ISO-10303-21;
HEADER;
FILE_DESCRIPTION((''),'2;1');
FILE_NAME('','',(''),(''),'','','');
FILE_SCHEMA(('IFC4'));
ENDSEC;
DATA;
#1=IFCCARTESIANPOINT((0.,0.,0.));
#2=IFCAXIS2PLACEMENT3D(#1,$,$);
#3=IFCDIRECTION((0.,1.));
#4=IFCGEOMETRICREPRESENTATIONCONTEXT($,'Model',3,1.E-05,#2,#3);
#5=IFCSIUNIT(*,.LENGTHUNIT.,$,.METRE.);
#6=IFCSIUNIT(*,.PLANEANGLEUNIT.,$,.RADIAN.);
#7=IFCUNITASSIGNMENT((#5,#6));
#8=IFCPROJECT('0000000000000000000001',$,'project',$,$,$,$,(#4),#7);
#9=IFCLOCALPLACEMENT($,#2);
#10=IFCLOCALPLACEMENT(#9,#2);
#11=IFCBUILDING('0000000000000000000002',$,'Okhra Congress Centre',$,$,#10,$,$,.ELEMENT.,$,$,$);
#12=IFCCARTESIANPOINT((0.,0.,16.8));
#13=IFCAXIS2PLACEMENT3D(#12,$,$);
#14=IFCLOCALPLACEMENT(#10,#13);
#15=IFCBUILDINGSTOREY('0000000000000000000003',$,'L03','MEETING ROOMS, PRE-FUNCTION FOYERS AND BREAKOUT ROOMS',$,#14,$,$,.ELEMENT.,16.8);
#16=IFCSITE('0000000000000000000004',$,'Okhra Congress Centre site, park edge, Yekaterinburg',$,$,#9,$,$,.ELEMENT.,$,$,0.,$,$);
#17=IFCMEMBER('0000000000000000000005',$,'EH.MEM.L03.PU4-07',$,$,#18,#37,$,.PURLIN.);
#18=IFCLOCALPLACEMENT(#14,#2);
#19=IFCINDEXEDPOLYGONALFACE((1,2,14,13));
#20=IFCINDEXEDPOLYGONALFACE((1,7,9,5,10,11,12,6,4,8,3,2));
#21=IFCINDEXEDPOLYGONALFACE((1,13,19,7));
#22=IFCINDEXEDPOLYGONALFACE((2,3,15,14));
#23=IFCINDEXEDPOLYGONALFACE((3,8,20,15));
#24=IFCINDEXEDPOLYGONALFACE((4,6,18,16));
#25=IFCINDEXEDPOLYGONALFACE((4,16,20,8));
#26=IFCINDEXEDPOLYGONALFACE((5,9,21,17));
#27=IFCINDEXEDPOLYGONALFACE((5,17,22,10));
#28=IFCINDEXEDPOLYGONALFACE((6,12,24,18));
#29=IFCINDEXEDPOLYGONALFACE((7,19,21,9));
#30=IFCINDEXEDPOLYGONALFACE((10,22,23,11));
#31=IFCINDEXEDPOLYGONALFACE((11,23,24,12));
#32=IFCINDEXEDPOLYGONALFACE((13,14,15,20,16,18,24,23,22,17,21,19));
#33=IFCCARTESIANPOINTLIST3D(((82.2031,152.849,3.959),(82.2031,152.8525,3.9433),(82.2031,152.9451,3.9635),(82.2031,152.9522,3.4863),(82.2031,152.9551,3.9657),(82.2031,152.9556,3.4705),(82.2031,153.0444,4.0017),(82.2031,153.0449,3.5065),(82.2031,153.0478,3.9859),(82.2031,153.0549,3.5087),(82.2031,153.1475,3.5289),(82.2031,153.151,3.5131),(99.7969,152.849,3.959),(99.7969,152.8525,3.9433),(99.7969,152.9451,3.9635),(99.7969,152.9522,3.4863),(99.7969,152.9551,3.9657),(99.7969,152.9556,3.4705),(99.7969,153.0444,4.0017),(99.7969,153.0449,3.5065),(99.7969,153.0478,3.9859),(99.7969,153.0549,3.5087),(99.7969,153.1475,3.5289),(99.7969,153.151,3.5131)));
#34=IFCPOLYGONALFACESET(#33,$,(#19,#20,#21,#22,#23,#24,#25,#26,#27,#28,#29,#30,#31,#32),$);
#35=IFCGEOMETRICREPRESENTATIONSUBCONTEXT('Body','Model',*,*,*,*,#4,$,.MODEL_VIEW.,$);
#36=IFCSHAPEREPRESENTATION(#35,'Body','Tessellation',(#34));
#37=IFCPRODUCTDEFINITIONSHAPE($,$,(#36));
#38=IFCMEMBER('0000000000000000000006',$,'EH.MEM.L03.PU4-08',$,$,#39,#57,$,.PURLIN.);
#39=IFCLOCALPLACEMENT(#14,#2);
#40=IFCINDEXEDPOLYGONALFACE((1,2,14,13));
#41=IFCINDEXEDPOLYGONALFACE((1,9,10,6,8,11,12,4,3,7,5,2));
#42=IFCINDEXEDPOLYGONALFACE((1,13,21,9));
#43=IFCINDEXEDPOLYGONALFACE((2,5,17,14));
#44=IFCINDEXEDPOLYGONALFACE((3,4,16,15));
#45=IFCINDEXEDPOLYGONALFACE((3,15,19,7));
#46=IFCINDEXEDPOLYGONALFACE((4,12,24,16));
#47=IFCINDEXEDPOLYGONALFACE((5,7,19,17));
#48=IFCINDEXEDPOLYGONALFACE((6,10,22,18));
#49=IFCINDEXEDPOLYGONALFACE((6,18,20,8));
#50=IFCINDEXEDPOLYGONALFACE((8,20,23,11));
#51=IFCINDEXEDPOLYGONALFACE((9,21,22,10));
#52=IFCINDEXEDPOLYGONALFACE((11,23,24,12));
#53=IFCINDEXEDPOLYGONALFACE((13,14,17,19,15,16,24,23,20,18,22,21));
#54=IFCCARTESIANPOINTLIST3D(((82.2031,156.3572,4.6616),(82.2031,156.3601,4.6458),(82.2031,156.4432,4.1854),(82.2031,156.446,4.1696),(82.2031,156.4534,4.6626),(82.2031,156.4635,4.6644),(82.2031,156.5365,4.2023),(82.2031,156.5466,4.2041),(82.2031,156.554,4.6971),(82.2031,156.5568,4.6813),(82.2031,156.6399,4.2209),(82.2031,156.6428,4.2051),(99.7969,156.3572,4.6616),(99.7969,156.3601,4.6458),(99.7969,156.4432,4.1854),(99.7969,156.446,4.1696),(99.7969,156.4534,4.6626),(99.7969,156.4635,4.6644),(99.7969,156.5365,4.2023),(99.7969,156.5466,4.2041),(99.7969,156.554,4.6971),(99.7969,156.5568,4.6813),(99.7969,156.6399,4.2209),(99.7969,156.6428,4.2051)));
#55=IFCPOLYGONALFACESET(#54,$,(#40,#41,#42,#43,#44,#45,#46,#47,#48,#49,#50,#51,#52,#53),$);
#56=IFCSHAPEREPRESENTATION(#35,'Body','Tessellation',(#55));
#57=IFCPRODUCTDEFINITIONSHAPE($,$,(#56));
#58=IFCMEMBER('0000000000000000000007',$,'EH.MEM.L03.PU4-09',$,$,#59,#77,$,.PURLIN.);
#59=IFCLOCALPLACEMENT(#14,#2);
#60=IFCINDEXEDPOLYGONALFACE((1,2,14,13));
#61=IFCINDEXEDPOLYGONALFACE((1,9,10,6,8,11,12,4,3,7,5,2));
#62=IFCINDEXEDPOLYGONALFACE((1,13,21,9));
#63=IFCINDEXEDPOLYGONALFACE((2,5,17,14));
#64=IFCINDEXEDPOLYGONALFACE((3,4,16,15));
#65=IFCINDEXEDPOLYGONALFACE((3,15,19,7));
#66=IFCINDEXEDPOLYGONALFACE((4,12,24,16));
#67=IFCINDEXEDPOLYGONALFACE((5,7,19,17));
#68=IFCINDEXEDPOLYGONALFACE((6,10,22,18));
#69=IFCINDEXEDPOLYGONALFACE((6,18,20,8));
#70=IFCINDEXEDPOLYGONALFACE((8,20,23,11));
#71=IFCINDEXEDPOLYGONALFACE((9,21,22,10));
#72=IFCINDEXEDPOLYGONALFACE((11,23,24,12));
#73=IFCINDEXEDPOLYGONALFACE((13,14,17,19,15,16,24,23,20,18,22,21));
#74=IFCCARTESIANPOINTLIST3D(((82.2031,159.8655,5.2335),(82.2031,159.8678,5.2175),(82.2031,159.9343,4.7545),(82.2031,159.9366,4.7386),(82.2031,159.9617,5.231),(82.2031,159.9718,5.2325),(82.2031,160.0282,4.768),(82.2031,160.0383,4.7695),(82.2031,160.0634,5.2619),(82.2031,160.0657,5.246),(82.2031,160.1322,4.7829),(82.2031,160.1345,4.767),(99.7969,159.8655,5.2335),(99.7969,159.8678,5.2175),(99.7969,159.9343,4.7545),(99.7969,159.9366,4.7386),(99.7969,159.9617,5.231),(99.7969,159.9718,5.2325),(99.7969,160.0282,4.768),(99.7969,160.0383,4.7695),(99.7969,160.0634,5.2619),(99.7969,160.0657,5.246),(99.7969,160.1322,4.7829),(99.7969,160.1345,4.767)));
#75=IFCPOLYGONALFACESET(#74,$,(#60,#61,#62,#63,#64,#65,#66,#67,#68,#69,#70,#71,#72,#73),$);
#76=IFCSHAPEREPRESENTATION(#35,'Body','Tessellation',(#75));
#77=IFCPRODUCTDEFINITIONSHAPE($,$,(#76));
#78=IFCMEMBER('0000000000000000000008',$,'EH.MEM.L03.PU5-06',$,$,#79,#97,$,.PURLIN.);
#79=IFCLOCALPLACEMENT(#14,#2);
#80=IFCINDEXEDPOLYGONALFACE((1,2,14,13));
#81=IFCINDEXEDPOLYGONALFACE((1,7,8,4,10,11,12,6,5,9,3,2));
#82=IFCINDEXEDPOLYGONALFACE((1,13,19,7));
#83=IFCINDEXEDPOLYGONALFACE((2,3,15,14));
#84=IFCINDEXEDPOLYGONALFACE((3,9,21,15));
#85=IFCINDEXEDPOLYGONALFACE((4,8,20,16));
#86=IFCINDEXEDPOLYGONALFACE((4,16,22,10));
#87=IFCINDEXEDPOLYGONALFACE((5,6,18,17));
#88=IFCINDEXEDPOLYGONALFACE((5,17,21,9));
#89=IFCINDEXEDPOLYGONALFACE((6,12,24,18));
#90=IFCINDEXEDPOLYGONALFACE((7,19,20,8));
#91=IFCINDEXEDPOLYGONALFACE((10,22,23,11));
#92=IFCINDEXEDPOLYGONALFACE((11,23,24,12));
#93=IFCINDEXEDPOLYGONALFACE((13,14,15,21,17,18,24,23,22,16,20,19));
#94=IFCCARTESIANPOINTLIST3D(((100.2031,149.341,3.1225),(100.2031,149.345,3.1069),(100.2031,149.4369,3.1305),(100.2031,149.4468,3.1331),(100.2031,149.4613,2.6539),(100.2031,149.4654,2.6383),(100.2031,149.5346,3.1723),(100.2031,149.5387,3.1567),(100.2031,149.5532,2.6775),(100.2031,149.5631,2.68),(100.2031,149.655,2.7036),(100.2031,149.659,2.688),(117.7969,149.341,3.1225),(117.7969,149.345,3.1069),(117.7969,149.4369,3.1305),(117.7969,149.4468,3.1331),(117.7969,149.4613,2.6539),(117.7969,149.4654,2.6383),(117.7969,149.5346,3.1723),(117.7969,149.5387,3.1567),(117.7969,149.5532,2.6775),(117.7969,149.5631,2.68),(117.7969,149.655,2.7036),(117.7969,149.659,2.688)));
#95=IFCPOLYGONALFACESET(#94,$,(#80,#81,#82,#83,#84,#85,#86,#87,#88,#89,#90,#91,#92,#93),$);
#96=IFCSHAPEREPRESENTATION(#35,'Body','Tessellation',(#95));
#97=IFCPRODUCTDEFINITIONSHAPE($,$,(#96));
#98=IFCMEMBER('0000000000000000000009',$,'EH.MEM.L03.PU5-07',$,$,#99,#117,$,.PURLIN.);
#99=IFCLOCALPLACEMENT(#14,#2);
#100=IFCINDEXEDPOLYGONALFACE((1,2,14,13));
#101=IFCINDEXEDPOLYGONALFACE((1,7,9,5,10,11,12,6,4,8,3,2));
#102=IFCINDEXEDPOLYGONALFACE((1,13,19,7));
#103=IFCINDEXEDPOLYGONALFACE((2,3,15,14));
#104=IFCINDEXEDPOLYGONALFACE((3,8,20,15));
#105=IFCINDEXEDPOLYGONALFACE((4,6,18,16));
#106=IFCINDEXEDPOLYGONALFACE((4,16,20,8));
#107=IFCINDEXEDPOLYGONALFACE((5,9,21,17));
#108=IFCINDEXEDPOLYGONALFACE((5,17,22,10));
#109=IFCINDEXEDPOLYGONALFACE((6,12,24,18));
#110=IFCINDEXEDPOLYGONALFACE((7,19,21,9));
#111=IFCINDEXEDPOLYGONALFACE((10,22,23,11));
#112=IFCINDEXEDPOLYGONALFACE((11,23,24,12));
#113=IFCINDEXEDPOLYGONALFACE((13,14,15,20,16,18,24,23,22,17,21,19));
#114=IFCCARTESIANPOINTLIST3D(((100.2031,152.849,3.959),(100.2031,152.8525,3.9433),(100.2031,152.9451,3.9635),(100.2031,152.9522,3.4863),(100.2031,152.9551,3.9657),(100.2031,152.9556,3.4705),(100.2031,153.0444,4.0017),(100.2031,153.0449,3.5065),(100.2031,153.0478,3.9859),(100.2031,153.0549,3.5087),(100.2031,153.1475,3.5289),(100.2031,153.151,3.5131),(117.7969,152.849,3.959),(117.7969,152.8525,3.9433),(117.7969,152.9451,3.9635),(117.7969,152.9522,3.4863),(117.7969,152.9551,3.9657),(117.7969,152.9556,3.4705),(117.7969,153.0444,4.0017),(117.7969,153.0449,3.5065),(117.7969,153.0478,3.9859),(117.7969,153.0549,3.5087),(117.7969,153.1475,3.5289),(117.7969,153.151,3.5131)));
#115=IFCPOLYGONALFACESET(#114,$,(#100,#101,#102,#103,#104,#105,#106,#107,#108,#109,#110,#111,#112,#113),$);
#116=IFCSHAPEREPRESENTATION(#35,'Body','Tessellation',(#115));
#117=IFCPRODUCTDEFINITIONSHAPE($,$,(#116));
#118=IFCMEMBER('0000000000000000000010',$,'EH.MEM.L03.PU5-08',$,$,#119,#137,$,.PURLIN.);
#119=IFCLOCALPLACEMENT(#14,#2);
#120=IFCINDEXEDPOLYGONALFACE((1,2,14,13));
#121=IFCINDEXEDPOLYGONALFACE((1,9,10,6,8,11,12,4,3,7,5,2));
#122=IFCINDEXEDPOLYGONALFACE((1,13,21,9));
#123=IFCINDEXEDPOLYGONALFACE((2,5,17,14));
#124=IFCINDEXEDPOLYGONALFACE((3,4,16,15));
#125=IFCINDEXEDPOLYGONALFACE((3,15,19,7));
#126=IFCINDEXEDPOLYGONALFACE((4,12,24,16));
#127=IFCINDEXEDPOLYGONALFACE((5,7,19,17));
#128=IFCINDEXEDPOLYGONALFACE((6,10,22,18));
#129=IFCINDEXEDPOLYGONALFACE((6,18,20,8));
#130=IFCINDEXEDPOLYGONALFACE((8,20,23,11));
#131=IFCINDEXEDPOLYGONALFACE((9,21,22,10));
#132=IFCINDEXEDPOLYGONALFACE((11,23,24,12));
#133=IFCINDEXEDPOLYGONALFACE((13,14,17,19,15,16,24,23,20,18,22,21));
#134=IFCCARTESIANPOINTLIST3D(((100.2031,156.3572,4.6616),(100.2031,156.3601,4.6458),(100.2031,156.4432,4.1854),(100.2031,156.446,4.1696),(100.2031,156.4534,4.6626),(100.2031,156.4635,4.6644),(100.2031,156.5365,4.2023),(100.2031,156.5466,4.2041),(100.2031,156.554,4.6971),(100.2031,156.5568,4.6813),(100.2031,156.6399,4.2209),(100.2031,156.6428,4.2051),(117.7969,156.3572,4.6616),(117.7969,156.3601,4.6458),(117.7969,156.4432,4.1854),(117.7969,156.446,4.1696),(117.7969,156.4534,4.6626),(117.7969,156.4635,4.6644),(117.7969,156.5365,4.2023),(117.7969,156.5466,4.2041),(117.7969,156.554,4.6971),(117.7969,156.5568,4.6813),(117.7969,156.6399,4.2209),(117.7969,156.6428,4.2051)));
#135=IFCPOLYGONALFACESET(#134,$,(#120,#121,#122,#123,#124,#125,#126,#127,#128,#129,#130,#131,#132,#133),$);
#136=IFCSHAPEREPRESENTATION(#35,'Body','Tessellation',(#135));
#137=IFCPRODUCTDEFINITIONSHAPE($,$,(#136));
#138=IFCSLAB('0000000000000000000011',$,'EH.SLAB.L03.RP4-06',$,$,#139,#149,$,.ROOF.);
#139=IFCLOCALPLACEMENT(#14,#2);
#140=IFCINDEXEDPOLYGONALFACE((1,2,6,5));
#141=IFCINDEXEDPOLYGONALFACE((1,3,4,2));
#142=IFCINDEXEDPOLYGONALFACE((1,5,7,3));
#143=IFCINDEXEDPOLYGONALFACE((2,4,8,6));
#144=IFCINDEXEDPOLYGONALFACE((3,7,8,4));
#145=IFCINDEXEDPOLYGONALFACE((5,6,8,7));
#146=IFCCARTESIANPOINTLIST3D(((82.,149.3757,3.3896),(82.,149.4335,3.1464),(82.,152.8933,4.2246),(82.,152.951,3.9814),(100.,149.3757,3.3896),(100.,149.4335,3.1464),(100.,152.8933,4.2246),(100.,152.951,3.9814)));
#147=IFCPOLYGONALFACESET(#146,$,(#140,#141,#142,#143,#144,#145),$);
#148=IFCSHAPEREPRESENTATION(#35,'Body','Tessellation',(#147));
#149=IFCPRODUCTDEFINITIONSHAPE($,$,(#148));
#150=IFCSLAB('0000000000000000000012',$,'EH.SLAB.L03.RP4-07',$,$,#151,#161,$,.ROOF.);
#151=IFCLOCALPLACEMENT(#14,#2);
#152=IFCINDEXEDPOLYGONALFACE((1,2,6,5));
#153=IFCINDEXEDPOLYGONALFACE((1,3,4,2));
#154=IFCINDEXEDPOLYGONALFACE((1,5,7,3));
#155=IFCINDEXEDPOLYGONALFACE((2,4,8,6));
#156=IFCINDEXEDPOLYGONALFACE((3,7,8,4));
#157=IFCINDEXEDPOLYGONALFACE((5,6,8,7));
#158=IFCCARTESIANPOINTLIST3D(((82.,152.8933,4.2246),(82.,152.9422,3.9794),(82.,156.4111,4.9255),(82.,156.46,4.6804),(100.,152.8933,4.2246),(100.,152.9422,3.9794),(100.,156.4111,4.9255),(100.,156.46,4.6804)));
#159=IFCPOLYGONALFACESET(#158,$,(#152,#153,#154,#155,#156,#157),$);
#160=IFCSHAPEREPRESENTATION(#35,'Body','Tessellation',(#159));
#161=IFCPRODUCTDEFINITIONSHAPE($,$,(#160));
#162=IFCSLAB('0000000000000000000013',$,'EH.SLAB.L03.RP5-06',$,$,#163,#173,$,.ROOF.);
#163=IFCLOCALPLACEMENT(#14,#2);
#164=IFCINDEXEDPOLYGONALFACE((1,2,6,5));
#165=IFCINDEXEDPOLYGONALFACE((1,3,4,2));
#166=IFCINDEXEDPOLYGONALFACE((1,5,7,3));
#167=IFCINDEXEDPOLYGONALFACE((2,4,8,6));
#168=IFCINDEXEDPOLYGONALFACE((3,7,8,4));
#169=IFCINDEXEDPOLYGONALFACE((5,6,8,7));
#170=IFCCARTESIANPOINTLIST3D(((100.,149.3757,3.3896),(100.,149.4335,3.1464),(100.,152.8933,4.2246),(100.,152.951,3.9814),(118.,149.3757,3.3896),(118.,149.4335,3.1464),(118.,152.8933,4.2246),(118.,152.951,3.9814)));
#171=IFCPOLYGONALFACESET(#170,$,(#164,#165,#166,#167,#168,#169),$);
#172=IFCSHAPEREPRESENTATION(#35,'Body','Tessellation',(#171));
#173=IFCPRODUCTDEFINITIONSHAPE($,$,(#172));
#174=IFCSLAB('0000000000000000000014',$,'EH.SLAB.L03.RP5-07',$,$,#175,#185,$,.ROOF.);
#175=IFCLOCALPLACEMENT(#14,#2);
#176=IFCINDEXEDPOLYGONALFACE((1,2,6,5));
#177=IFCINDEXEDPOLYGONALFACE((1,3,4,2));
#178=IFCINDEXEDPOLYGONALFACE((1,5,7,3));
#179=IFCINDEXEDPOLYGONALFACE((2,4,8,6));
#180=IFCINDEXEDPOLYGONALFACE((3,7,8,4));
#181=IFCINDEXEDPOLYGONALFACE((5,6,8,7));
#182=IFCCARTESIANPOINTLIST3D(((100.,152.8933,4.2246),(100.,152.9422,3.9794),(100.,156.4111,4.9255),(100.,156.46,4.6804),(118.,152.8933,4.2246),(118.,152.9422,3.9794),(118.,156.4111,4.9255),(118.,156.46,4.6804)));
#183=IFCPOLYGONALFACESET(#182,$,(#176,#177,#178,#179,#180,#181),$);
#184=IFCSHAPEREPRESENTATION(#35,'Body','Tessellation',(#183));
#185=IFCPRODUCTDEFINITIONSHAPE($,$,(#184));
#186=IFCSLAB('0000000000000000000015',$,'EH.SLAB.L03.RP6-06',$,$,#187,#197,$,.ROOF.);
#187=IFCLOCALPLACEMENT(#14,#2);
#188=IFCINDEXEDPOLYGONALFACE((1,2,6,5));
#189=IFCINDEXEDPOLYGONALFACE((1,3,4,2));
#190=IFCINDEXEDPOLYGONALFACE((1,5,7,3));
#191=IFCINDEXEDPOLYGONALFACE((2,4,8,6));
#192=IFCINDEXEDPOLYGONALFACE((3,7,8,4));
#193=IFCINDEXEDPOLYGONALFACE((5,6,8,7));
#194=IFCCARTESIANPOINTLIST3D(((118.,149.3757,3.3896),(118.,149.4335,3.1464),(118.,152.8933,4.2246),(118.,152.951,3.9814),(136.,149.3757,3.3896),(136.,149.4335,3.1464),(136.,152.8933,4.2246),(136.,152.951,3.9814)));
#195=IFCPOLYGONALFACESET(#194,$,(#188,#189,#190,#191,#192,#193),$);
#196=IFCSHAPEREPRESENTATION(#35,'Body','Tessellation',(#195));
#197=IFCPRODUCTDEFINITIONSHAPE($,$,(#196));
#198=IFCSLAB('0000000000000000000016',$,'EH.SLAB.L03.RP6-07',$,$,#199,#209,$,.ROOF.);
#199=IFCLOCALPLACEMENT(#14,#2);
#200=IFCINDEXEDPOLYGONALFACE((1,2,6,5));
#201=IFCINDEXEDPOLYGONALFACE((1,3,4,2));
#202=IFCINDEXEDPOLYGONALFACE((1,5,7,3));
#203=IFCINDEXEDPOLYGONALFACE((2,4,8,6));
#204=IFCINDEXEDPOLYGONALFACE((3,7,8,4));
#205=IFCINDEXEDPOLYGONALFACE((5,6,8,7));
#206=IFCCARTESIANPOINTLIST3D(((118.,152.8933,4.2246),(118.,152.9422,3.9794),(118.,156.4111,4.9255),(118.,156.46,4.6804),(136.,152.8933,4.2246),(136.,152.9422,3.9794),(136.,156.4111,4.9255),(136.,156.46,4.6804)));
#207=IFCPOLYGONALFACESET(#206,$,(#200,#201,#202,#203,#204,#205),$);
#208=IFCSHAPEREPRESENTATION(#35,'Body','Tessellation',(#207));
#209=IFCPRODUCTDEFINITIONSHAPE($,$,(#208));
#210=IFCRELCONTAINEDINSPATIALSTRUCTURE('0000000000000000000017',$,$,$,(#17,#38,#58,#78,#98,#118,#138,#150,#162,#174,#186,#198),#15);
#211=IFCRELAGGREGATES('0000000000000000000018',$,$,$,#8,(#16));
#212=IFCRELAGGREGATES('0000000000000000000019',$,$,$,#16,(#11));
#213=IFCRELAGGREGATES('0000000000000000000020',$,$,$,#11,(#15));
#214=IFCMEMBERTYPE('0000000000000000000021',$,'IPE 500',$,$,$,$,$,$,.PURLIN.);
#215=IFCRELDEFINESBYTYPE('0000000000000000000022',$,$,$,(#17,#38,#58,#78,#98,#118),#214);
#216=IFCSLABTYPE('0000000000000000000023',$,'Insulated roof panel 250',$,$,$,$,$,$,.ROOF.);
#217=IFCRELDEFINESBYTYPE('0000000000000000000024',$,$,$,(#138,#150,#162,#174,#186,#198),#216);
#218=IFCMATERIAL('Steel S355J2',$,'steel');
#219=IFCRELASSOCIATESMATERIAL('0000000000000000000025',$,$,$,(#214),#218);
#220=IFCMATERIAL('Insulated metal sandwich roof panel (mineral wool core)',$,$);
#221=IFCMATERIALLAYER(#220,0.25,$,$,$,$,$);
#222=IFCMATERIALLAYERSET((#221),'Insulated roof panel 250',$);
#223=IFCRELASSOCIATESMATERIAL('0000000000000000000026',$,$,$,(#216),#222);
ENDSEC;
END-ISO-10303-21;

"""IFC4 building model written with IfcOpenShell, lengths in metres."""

from ifc_helpers import new_model, si_unit, direction, frame, origin, origin_2d, place, context, subcontext, project, spatial, polyline, i_section, outline, extrude, material, layer, layer_set, material_profile, profile_set, type_object, element, save


model = new_model("IFC4")

# Units and contexts
model_context = context("Model", 3, precision=1e-05, world=origin(), true_north=direction((0.0, 1.0)))
body_context = subcontext(model_context, "Body", "Model", "MODEL_VIEW")
ifc_project = project(units=[si_unit("LENGTHUNIT", "METRE"), si_unit("PLANEANGLEUNIT", "RADIAN")], contexts=[model_context])

# Site, building, storey
site_placement = place(None, origin())
site = spatial("IfcSite", under=ifc_project, at=site_placement, Name="Okhra Congress Centre site, park edge, Yekaterinburg", CompositionType="ELEMENT", RefElevation=0.0)
building_placement = place(site_placement, origin())
building = spatial("IfcBuilding", under=site, at=building_placement, Name="Okhra Congress Centre", CompositionType="ELEMENT")
storey_placement = place(building_placement, frame((0.0, 0.0, 16.8)))
storey = spatial("IfcBuildingStorey", under=building, at=storey_placement, Name="L03", Description="MEETING ROOMS, PRE-FUNCTION FOYERS AND BREAKOUT ROOMS", CompositionType="ELEMENT", Elevation=16.8)

# Members
ifc_material_1 = material(Name="Steel S355J2", Category="steel")
ifc_material_profile_1 = material_profile(ifc_material_1, i_section(OverallWidth=0.2, OverallDepth=0.5, WebThickness=0.0103, FlangeThickness=0.0161, at=origin_2d()), Name="IPE 500")
ifc_profile_set_1 = profile_set([ifc_material_profile_1], Name="Steel S355J2")
member_type_1 = type_object("IfcMemberType", Name="IPE 500", PredefinedType="PURLIN", material=ifc_profile_set_1)
for number, where, z_axis, x_axis, name in (
    (1, (82.2031, 153.0, 3.7361), (1.0, 0.0, 0.0), (0.0, 0.977008, 0.213204), "EH.MEM.L03.PU4-07"),
    (2, (82.2031, 156.5, 4.4333), (1.0, 0.0, 0.0), (0.0, 0.98409, 0.177669), "EH.MEM.L03.PU4-08"),
    (3, (82.2031, 160.0, 5.0002), (1.0, 0.0, 0.0), (0.0, 0.989847, 0.142135), "EH.MEM.L03.PU4-09"),
    (4, (100.2031, 149.5, 2.9053), (1.0, 0.0, 0.0), (0.0, 0.96857, 0.248739), "EH.MEM.L03.PU5-06"),
    (5, (100.2031, 153.0, 3.7361), (1.0, 0.0, 0.0), (0.0, 0.977008, 0.213204), "EH.MEM.L03.PU5-07"),
    (6, (100.2031, 156.5, 4.4333), (1.0, 0.0, 0.0), (0.0, 0.98409, 0.177669), "EH.MEM.L03.PU5-08"),
):
    element("IfcMember", number, at=place(storey_placement, frame(where, z_axis=z_axis, x_axis=x_axis)), inside=storey, type_object=member_type_1, Name=name, PredefinedType="PURLIN", context=body_context, shape_type="SweptSolid", body=[
        extrude(i_section(OverallWidth=0.2, OverallDepth=0.5, WebThickness=0.0103, FlangeThickness=0.0161, at=origin_2d()), origin(), (0.0, 0.0, 1.0), 17.5938),
    ])

# Slabs
ifc_material_2 = material(Name="Insulated metal sandwich roof panel (mineral wool core)")
ifc_layer = layer(ifc_material_2, 0.25)
ifc_layer_set = layer_set([ifc_layer], Name="Insulated roof panel 250")
slab_type = type_object("IfcSlabType", Name="Insulated roof panel 250", PredefinedType="ROOF", material=ifc_layer_set)
slab_1_placement = place(storey_placement, frame((82.0, 149.3757, 3.3896), z_axis=(0.0, -0.230951, 0.972965), x_axis=(1.0, 0.0, 0.0)))
element("IfcSlab", 7, at=slab_1_placement, inside=storey, type_object=slab_type, Name="EH.SLAB.L03.RP4-06", PredefinedType="ROOF", context=body_context, shape_type="SweptSolid", body=[
    extrude(outline(polyline([(0.0, 0.0), (18.0, 0.0), (18.0, 3.6153), (0.0, 3.6153), (0.0, 0.0)])), origin(), (0.0, 0.0, -1.0), 0.25),
])
slab_2_placement = place(storey_placement, frame((82.0, 152.8933, 4.2246), z_axis=(0.0, -0.195409, 0.980722), x_axis=(1.0, 0.0, 0.0)))
element("IfcSlab", 8, at=slab_2_placement, inside=storey, type_object=slab_type, Name="EH.SLAB.L03.RP4-07", PredefinedType="ROOF", context=body_context, shape_type="SweptSolid", body=[
    extrude(outline(polyline([(0.0, 0.0), (18.0, 0.0), (18.0, 3.587), (0.0, 3.587), (0.0, 0.0)])), origin(), (0.0, 0.0, -1.0), 0.25),
])
slab_3_placement = place(storey_placement, frame((100.0, 149.3757, 3.3896), z_axis=(0.0, -0.230951, 0.972965), x_axis=(1.0, 0.0, 0.0)))
element("IfcSlab", 9, at=slab_3_placement, inside=storey, type_object=slab_type, Name="EH.SLAB.L03.RP5-06", PredefinedType="ROOF", context=body_context, shape_type="SweptSolid", body=[
    extrude(outline(polyline([(0.0, 0.0), (18.0, 0.0), (18.0, 3.6153), (0.0, 3.6153), (0.0, 0.0)])), origin(), (0.0, 0.0, -1.0), 0.25),
])
slab_4_placement = place(storey_placement, frame((100.0, 152.8933, 4.2246), z_axis=(0.0, -0.195409, 0.980722), x_axis=(1.0, 0.0, 0.0)))
element("IfcSlab", 10, at=slab_4_placement, inside=storey, type_object=slab_type, Name="EH.SLAB.L03.RP5-07", PredefinedType="ROOF", context=body_context, shape_type="SweptSolid", body=[
    extrude(outline(polyline([(0.0, 0.0), (18.0, 0.0), (18.0, 3.587), (0.0, 3.587), (0.0, 0.0)])), origin(), (0.0, 0.0, -1.0), 0.25),
])
slab_5_placement = place(storey_placement, frame((118.0, 149.3757, 3.3896), z_axis=(0.0, -0.230951, 0.972965), x_axis=(1.0, 0.0, 0.0)))
element("IfcSlab", 11, at=slab_5_placement, inside=storey, type_object=slab_type, Name="EH.SLAB.L03.RP6-06", PredefinedType="ROOF", context=body_context, shape_type="SweptSolid", body=[
    extrude(outline(polyline([(0.0, 0.0), (18.0, 0.0), (18.0, 3.6153), (0.0, 3.6153), (0.0, 0.0)])), origin(), (0.0, 0.0, -1.0), 0.25),
])
slab_6_placement = place(storey_placement, frame((118.0, 152.8933, 4.2246), z_axis=(0.0, -0.195409, 0.980722), x_axis=(1.0, 0.0, 0.0)))
element("IfcSlab", 12, at=slab_6_placement, inside=storey, type_object=slab_type, Name="EH.SLAB.L03.RP6-07", PredefinedType="ROOF", context=body_context, shape_type="SweptSolid", body=[
    extrude(outline(polyline([(0.0, 0.0), (18.0, 0.0), (18.0, 3.587), (0.0, 3.587), (0.0, 0.0)])), origin(), (0.0, 0.0, -1.0), 0.25),
])

save(model, "model.ifc")
